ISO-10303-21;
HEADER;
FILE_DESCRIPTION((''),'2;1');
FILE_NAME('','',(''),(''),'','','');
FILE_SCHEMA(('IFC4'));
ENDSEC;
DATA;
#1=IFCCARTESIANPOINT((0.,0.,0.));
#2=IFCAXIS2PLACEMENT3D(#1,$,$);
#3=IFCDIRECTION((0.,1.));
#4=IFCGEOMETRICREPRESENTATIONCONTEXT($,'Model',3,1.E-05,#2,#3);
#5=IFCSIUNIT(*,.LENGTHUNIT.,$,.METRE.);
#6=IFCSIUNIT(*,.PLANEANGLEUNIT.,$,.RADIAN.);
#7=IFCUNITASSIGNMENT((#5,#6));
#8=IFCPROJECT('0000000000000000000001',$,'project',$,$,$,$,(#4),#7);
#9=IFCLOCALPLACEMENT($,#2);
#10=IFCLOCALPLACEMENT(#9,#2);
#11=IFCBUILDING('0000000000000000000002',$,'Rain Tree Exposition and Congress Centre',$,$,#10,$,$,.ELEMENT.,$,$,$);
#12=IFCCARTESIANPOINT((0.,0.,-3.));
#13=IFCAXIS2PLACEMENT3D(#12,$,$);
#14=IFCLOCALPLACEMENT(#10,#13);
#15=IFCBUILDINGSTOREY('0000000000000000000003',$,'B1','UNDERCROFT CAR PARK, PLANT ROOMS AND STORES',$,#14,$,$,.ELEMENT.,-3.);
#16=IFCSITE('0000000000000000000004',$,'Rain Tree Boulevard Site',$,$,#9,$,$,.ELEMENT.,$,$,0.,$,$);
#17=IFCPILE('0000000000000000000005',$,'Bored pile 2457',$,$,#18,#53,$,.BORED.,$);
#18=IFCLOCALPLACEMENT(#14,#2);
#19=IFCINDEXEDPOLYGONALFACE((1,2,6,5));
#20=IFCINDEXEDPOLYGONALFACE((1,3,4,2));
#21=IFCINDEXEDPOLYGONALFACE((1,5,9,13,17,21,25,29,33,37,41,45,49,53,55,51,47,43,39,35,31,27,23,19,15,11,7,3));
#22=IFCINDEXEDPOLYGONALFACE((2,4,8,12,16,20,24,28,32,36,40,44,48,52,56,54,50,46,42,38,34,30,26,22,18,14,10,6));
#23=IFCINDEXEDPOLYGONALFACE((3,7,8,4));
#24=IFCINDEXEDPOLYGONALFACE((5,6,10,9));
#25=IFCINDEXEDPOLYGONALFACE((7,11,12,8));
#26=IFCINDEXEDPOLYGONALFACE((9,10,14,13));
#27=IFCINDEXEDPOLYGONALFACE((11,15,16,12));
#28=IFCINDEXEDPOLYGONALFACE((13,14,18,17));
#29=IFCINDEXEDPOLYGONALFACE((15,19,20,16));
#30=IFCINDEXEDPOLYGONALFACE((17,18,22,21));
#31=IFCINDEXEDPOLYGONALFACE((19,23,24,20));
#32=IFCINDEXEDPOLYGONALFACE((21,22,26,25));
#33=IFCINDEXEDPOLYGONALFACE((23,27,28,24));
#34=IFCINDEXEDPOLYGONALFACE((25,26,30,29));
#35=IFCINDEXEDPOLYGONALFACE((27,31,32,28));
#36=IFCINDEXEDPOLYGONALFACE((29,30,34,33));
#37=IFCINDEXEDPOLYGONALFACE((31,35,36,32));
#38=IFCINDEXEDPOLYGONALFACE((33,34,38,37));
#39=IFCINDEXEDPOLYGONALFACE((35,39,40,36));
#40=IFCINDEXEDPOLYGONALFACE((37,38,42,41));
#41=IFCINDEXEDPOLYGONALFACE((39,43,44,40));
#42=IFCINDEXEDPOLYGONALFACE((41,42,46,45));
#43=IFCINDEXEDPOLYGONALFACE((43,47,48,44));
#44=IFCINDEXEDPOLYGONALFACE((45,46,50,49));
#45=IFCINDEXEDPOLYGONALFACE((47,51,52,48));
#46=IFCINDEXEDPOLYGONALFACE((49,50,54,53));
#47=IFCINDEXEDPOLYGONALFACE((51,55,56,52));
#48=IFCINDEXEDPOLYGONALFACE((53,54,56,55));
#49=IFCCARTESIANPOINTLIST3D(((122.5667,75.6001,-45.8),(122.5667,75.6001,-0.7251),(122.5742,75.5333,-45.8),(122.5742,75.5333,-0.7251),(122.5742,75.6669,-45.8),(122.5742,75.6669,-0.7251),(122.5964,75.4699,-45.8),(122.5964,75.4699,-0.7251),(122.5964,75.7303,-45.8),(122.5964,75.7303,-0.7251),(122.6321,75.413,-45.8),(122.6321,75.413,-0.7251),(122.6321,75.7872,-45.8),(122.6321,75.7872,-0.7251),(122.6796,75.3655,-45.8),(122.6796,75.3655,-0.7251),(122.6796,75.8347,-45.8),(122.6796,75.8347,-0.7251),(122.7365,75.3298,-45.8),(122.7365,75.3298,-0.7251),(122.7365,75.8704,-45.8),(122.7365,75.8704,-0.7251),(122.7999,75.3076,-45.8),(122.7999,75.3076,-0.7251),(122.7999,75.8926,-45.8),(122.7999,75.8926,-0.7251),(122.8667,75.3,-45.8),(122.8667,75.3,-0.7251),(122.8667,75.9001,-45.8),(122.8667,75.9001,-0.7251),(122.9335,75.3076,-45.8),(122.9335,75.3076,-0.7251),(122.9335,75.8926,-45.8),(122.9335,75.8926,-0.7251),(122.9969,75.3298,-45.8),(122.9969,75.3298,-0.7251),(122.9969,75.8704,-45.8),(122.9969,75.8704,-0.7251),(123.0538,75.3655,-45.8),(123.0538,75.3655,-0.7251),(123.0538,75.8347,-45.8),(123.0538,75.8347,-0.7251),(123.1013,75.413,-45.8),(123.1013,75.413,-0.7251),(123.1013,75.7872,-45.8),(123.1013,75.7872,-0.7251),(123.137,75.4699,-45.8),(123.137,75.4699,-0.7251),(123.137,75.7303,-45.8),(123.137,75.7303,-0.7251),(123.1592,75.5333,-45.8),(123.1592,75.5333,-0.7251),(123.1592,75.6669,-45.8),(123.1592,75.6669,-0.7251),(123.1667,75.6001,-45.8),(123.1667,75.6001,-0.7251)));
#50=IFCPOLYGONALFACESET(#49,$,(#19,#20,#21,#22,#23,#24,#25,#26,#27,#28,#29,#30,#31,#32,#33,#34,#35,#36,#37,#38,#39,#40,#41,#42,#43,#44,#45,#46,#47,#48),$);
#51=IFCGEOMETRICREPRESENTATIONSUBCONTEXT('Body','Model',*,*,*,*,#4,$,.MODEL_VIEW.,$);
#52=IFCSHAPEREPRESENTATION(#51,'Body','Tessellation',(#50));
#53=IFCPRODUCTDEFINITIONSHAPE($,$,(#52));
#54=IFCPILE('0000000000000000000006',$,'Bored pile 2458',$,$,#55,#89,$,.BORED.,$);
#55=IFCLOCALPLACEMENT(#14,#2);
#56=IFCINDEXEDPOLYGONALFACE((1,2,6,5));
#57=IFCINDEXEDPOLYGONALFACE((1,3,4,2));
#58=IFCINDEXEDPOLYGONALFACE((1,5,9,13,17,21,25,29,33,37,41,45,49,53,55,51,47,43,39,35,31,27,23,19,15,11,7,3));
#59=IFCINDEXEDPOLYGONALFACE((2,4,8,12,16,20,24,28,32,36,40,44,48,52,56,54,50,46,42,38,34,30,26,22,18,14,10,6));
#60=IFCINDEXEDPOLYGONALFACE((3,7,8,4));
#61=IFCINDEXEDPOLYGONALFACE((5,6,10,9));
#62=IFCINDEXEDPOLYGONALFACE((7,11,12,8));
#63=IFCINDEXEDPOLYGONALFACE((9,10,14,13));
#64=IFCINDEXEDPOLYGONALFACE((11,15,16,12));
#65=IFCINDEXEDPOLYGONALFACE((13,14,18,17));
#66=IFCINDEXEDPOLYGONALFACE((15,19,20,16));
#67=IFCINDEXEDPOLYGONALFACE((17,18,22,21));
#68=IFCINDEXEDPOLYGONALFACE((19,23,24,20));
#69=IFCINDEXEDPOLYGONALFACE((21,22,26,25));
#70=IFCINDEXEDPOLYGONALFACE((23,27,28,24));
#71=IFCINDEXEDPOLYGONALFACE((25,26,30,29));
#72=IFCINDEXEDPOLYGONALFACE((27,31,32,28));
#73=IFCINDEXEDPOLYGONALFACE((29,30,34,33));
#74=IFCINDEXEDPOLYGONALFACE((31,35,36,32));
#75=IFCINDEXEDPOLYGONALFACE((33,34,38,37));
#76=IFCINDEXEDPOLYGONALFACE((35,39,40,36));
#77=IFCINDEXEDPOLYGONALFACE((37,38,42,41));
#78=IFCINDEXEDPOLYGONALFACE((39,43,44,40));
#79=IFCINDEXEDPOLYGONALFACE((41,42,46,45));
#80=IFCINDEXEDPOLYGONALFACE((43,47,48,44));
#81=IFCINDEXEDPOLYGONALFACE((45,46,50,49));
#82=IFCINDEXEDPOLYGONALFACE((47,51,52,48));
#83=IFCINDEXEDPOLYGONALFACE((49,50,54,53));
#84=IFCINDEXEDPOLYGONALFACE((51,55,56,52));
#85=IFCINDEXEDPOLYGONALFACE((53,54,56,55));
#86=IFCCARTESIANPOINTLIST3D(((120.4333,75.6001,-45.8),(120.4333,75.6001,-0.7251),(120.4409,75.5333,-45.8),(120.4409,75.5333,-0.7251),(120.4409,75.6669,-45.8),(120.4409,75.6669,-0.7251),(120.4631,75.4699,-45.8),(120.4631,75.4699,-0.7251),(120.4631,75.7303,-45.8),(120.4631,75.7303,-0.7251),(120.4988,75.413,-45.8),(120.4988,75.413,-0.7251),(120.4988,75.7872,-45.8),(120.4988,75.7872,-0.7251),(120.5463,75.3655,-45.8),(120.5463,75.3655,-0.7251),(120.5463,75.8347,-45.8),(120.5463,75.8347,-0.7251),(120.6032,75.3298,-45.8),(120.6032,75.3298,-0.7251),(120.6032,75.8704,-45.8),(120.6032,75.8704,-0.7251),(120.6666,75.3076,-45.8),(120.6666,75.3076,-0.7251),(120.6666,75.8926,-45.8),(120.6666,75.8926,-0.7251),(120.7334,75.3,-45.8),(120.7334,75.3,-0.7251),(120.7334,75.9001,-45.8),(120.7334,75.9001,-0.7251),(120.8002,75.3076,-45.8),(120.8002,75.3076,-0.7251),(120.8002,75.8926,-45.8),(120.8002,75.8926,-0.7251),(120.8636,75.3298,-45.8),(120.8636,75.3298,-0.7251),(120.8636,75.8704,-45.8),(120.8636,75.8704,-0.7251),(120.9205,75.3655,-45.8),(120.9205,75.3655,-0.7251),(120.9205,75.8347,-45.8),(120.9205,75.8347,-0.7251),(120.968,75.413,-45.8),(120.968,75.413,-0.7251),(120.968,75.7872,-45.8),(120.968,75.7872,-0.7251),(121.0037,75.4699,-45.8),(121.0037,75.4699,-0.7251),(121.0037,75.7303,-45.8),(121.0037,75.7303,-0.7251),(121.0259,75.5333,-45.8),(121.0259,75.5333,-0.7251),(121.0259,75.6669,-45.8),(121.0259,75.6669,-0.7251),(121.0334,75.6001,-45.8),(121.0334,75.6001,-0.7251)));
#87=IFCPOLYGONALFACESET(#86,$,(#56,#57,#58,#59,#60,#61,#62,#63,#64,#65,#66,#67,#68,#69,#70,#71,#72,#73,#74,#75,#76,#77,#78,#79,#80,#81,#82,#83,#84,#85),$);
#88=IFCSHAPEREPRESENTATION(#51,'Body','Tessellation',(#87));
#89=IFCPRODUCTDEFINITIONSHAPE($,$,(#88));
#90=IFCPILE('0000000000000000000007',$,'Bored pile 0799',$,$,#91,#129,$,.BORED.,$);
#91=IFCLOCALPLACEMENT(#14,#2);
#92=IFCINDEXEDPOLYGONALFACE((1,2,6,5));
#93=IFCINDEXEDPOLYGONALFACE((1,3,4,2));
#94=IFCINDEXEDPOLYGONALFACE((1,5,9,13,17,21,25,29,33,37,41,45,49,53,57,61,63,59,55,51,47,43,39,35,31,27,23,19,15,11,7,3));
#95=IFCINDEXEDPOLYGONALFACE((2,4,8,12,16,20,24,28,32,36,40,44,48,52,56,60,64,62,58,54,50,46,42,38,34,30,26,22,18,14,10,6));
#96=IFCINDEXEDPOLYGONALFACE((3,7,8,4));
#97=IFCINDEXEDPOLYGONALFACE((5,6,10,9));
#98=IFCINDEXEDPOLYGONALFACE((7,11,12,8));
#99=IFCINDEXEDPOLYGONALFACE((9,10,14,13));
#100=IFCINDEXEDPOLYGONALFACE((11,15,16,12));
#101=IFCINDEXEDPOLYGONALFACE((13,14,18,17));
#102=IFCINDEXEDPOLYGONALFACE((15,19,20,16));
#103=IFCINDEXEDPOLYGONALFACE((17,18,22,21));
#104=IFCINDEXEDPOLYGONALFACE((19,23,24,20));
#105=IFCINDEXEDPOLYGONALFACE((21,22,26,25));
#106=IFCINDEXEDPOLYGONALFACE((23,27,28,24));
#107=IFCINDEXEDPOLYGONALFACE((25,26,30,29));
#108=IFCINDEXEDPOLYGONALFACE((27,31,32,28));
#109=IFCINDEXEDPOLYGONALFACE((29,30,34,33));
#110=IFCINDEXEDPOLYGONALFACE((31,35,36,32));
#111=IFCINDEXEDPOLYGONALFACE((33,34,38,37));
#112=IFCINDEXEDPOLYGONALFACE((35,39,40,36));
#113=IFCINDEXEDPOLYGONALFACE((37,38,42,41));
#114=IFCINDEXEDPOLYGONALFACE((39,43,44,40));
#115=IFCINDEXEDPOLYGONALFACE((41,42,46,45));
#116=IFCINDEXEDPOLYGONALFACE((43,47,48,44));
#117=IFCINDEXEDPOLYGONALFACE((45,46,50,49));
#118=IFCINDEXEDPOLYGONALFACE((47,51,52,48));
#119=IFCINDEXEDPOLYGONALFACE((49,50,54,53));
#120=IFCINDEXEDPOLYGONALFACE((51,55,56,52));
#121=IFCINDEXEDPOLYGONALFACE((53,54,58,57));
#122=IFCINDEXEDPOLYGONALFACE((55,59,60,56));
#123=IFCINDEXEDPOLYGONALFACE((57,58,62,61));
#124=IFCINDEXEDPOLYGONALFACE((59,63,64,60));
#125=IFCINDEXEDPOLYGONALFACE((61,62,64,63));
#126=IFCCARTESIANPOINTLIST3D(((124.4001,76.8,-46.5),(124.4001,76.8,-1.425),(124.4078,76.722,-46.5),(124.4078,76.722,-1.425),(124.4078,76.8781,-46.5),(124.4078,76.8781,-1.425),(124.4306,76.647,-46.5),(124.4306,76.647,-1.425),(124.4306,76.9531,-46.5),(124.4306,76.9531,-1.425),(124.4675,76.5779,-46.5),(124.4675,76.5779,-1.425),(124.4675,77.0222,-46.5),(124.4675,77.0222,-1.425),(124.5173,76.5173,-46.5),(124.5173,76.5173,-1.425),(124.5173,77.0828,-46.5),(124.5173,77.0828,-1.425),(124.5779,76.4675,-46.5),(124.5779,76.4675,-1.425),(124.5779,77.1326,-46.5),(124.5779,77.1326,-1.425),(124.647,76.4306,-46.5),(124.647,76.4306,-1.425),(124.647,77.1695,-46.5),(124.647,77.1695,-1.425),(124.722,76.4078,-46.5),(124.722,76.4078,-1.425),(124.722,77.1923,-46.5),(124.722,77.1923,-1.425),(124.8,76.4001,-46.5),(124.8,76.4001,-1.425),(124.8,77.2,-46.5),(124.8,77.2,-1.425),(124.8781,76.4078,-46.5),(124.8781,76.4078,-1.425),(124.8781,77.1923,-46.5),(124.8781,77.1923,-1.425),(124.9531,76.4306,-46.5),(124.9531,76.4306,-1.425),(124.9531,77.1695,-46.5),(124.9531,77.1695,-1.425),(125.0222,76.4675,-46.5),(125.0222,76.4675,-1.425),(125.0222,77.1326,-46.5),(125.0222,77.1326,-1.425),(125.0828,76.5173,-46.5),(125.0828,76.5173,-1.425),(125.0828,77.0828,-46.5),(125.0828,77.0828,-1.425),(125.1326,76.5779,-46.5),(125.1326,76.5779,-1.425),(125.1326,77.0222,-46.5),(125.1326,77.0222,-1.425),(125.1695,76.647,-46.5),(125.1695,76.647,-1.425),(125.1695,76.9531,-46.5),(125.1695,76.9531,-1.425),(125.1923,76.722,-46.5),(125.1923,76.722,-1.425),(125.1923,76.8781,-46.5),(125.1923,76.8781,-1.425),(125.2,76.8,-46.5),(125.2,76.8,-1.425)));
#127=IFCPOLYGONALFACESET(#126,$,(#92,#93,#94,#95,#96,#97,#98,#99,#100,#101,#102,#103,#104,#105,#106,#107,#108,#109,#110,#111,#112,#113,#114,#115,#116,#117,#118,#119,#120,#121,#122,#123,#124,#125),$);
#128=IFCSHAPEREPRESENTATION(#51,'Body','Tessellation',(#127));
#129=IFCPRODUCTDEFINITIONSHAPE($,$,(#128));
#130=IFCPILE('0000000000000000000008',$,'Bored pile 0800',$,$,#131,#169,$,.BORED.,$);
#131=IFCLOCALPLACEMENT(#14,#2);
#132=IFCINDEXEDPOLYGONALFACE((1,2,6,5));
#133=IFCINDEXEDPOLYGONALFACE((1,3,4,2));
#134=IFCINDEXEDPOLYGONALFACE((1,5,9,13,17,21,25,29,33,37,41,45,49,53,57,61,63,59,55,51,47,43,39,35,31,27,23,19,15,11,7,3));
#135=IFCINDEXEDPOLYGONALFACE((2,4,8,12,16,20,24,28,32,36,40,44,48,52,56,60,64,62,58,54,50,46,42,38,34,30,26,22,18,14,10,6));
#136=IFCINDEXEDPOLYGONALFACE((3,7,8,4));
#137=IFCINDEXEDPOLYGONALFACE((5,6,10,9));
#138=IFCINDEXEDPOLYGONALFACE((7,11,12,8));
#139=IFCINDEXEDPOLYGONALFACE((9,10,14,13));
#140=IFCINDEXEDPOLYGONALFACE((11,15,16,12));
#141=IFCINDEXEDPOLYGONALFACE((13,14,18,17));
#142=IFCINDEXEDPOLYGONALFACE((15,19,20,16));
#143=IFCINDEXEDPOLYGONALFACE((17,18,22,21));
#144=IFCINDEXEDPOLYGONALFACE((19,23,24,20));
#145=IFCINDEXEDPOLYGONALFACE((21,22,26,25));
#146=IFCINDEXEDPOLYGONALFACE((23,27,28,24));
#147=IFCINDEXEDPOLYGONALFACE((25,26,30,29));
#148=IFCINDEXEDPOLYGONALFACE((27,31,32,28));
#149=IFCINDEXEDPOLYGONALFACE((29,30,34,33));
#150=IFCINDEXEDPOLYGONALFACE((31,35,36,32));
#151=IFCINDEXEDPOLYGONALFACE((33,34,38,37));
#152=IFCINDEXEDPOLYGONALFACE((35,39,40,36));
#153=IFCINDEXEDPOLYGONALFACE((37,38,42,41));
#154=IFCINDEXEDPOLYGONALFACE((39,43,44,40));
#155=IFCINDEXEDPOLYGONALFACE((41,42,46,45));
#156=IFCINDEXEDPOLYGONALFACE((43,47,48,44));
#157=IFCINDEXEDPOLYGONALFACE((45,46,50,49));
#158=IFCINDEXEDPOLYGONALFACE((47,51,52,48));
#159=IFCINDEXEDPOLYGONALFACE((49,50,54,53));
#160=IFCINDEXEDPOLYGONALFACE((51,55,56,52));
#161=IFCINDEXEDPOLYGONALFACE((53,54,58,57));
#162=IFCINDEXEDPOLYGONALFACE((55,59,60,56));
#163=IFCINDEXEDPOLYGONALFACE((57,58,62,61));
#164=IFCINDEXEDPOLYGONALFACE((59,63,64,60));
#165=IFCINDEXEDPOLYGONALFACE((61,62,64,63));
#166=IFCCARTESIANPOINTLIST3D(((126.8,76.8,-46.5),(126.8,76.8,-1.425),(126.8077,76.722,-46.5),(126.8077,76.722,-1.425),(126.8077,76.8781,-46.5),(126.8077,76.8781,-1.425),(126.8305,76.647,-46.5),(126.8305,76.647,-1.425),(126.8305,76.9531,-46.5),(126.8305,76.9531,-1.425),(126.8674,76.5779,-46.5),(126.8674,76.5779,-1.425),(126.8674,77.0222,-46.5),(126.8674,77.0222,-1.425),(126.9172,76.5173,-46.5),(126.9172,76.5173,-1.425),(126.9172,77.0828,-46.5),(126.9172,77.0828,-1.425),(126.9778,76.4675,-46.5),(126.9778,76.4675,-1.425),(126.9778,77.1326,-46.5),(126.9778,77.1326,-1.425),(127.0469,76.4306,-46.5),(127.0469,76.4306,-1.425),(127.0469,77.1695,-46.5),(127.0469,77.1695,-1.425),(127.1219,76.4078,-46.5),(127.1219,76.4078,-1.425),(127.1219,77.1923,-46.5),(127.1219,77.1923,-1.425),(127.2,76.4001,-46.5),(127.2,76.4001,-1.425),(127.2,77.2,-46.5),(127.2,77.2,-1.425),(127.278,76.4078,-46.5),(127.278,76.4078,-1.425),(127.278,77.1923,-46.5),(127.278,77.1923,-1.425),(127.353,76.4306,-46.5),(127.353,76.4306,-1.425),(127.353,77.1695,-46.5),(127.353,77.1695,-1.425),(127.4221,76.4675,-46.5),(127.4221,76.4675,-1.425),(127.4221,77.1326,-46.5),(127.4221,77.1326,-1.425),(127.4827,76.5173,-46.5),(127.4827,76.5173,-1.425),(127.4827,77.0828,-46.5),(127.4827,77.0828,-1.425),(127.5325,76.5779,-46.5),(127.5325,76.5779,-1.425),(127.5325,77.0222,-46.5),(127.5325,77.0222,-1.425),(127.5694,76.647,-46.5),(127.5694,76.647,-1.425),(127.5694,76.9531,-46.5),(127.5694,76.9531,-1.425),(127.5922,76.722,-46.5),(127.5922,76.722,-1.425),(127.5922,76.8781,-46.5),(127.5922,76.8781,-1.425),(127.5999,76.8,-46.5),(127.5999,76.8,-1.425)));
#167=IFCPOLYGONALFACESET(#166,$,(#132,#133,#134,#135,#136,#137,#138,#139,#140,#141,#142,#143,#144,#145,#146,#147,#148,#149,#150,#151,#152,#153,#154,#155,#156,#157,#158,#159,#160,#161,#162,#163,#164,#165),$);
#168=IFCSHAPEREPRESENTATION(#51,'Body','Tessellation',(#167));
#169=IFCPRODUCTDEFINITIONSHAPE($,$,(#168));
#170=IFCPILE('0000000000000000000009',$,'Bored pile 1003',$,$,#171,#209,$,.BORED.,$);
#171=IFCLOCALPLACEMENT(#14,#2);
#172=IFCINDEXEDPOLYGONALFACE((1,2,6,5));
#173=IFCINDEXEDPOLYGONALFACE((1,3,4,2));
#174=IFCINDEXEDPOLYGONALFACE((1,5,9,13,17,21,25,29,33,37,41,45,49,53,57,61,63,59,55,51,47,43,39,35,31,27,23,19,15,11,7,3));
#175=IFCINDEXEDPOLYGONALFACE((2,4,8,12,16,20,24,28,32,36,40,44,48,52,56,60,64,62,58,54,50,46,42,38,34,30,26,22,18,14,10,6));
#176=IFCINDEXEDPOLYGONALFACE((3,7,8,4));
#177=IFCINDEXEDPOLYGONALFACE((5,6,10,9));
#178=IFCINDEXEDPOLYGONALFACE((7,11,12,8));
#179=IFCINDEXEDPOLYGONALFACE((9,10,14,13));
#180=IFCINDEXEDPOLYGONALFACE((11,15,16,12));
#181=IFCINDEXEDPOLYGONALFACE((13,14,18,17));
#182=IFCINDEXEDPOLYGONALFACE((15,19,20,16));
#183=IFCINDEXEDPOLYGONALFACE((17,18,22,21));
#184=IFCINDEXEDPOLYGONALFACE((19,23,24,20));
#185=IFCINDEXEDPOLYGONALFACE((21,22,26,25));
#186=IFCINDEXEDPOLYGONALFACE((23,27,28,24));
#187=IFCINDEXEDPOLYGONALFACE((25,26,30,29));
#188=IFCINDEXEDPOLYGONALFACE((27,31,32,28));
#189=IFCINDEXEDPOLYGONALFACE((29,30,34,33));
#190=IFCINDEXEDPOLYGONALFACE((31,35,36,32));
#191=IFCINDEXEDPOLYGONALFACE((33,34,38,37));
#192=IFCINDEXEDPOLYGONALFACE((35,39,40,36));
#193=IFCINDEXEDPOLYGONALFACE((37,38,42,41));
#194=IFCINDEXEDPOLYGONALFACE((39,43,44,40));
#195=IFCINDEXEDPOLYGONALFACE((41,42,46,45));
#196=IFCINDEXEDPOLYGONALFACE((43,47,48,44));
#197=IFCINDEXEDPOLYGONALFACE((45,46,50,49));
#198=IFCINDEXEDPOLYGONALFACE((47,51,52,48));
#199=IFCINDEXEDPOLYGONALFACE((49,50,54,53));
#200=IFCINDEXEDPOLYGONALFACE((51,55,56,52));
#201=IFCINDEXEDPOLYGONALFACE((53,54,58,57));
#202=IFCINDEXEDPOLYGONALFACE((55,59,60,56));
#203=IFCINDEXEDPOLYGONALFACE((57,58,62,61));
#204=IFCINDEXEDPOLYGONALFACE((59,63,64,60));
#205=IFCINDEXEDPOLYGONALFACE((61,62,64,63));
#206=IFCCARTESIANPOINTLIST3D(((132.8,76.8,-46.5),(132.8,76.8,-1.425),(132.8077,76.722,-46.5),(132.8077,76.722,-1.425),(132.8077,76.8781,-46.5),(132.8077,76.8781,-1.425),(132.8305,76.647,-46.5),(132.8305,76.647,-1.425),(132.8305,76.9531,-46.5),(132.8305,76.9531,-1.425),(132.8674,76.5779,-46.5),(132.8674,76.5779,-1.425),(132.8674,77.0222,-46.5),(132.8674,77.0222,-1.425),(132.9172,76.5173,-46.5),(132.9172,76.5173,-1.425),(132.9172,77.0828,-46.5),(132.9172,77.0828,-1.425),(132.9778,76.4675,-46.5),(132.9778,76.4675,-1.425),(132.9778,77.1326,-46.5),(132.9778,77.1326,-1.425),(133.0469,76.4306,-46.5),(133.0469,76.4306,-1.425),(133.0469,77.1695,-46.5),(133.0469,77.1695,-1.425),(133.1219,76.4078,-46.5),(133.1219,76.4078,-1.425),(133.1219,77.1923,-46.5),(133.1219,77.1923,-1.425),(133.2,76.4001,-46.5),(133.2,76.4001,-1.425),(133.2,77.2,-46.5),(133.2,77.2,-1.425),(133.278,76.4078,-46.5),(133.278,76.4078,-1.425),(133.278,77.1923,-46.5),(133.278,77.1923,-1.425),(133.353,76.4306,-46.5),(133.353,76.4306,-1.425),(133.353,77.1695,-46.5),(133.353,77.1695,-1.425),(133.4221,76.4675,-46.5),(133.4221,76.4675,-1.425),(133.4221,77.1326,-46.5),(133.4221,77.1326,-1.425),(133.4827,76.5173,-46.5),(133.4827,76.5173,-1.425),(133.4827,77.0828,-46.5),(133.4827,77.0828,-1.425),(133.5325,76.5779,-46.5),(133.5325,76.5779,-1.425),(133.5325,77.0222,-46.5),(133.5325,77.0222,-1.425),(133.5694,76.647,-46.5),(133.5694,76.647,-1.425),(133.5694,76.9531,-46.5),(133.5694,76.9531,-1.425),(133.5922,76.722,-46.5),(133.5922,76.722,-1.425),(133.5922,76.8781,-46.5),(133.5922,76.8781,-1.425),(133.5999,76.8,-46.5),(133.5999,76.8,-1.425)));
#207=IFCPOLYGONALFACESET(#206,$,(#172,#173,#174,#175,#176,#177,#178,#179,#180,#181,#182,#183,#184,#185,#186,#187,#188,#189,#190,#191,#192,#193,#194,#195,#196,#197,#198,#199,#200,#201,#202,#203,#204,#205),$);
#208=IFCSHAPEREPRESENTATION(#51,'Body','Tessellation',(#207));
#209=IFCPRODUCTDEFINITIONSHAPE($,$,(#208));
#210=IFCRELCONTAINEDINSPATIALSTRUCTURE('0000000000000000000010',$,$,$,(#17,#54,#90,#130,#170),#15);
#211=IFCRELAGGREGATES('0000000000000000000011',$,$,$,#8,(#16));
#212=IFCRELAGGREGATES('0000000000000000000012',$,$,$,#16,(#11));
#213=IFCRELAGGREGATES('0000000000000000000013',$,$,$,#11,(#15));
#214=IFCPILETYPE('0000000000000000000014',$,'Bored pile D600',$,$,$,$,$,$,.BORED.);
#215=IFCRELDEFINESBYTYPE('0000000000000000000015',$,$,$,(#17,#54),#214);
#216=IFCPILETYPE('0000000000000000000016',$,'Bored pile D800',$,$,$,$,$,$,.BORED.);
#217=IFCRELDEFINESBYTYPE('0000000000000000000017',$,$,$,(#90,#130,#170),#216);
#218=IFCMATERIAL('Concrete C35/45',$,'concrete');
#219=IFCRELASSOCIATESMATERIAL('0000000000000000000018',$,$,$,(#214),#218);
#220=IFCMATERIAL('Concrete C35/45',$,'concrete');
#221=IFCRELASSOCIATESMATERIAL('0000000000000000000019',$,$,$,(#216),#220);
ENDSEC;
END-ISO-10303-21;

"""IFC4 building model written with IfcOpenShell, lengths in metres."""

from ifc_helpers import new_model, si_unit, direction, frame, origin, origin_2d, place, context, subcontext, project, spatial, circle, extrude, material, material_profile, profile_set, type_object, element, save


model = new_model("IFC4")

# Units and contexts
model_context = context("Model", 3, precision=1e-05, world=origin(), true_north=direction((0.0, 1.0)))
body_context = subcontext(model_context, "Body", "Model", "MODEL_VIEW")
ifc_project = project(units=[si_unit("LENGTHUNIT", "METRE"), si_unit("PLANEANGLEUNIT", "RADIAN")], contexts=[model_context])

# Site, building, storey
site_placement = place(None, origin())
site = spatial("IfcSite", under=ifc_project, at=site_placement, Name="Rain Tree Boulevard Site", CompositionType="ELEMENT", RefElevation=0.0)
building_placement = place(site_placement, origin())
building = spatial("IfcBuilding", under=site, at=building_placement, Name="Rain Tree Exposition and Congress Centre", CompositionType="ELEMENT")
storey_placement = place(building_placement, frame((0.0, 0.0, -3.0)))
storey = spatial("IfcBuildingStorey", under=building, at=storey_placement, Name="B1", Description="UNDERCROFT CAR PARK, PLANT ROOMS AND STORES", CompositionType="ELEMENT", Elevation=-3.0)

# Piles
ifc_material_1 = material(Name="Concrete C35/45", Category="concrete")
ifc_material_profile_1 = material_profile(ifc_material_1, circle(Radius=0.3, at=origin_2d()), Name="D600")
ifc_profile_set_1 = profile_set([ifc_material_profile_1], Name="Concrete C35/45")
pile_type_1 = type_object("IfcPileType", Name="Bored pile D600", PredefinedType="BORED", material=ifc_profile_set_1)
for number, where, z_axis, x_axis, name in (
    (1, (122.8667, 75.6001, -0.7251), (0.0, 0.0, -1.0), (1.0, 0.0, 0.0), "Bored pile 2457"),
    (2, (120.7334, 75.6001, -0.7251), (0.0, 0.0, -1.0), (1.0, 0.0, 0.0), "Bored pile 2458"),
):
    element("IfcPile", number, at=place(storey_placement, frame(where, z_axis=z_axis, x_axis=x_axis)), inside=storey, type_object=pile_type_1, Name=name, PredefinedType="BORED", context=body_context, shape_type="SweptSolid", body=[
        extrude(circle(Radius=0.3, at=origin_2d()), origin(), (0.0, 0.0, 1.0), 45.075),
    ])
ifc_material_2 = material(Name="Concrete C35/45", Category="concrete")
ifc_material_profile_2 = material_profile(ifc_material_2, circle(Radius=0.3999, at=origin_2d()), Name="D800")
ifc_profile_set_2 = profile_set([ifc_material_profile_2], Name="Concrete C35/45")
pile_type_2 = type_object("IfcPileType", Name="Bored pile D800", PredefinedType="BORED", material=ifc_profile_set_2)
for number, where, z_axis, x_axis, name in (
    (3, (124.8, 76.8, -1.425), (0.0, 0.0, -1.0), (1.0, 0.0, 0.0), "Bored pile 0799"),
    (4, (127.2, 76.8, -1.425), (0.0, 0.0, -1.0), (1.0, 0.0, 0.0), "Bored pile 0800"),
    (5, (133.2, 76.8, -1.425), (0.0, 0.0, -1.0), (1.0, 0.0, 0.0), "Bored pile 1003"),
):
    element("IfcPile", number, at=place(storey_placement, frame(where, z_axis=z_axis, x_axis=x_axis)), inside=storey, type_object=pile_type_2, Name=name, PredefinedType="BORED", context=body_context, shape_type="SweptSolid", body=[
        extrude(circle(Radius=0.3999, at=origin_2d()), origin(), (0.0, 0.0, 1.0), 45.075),
    ])

save(model, "model.ifc")
